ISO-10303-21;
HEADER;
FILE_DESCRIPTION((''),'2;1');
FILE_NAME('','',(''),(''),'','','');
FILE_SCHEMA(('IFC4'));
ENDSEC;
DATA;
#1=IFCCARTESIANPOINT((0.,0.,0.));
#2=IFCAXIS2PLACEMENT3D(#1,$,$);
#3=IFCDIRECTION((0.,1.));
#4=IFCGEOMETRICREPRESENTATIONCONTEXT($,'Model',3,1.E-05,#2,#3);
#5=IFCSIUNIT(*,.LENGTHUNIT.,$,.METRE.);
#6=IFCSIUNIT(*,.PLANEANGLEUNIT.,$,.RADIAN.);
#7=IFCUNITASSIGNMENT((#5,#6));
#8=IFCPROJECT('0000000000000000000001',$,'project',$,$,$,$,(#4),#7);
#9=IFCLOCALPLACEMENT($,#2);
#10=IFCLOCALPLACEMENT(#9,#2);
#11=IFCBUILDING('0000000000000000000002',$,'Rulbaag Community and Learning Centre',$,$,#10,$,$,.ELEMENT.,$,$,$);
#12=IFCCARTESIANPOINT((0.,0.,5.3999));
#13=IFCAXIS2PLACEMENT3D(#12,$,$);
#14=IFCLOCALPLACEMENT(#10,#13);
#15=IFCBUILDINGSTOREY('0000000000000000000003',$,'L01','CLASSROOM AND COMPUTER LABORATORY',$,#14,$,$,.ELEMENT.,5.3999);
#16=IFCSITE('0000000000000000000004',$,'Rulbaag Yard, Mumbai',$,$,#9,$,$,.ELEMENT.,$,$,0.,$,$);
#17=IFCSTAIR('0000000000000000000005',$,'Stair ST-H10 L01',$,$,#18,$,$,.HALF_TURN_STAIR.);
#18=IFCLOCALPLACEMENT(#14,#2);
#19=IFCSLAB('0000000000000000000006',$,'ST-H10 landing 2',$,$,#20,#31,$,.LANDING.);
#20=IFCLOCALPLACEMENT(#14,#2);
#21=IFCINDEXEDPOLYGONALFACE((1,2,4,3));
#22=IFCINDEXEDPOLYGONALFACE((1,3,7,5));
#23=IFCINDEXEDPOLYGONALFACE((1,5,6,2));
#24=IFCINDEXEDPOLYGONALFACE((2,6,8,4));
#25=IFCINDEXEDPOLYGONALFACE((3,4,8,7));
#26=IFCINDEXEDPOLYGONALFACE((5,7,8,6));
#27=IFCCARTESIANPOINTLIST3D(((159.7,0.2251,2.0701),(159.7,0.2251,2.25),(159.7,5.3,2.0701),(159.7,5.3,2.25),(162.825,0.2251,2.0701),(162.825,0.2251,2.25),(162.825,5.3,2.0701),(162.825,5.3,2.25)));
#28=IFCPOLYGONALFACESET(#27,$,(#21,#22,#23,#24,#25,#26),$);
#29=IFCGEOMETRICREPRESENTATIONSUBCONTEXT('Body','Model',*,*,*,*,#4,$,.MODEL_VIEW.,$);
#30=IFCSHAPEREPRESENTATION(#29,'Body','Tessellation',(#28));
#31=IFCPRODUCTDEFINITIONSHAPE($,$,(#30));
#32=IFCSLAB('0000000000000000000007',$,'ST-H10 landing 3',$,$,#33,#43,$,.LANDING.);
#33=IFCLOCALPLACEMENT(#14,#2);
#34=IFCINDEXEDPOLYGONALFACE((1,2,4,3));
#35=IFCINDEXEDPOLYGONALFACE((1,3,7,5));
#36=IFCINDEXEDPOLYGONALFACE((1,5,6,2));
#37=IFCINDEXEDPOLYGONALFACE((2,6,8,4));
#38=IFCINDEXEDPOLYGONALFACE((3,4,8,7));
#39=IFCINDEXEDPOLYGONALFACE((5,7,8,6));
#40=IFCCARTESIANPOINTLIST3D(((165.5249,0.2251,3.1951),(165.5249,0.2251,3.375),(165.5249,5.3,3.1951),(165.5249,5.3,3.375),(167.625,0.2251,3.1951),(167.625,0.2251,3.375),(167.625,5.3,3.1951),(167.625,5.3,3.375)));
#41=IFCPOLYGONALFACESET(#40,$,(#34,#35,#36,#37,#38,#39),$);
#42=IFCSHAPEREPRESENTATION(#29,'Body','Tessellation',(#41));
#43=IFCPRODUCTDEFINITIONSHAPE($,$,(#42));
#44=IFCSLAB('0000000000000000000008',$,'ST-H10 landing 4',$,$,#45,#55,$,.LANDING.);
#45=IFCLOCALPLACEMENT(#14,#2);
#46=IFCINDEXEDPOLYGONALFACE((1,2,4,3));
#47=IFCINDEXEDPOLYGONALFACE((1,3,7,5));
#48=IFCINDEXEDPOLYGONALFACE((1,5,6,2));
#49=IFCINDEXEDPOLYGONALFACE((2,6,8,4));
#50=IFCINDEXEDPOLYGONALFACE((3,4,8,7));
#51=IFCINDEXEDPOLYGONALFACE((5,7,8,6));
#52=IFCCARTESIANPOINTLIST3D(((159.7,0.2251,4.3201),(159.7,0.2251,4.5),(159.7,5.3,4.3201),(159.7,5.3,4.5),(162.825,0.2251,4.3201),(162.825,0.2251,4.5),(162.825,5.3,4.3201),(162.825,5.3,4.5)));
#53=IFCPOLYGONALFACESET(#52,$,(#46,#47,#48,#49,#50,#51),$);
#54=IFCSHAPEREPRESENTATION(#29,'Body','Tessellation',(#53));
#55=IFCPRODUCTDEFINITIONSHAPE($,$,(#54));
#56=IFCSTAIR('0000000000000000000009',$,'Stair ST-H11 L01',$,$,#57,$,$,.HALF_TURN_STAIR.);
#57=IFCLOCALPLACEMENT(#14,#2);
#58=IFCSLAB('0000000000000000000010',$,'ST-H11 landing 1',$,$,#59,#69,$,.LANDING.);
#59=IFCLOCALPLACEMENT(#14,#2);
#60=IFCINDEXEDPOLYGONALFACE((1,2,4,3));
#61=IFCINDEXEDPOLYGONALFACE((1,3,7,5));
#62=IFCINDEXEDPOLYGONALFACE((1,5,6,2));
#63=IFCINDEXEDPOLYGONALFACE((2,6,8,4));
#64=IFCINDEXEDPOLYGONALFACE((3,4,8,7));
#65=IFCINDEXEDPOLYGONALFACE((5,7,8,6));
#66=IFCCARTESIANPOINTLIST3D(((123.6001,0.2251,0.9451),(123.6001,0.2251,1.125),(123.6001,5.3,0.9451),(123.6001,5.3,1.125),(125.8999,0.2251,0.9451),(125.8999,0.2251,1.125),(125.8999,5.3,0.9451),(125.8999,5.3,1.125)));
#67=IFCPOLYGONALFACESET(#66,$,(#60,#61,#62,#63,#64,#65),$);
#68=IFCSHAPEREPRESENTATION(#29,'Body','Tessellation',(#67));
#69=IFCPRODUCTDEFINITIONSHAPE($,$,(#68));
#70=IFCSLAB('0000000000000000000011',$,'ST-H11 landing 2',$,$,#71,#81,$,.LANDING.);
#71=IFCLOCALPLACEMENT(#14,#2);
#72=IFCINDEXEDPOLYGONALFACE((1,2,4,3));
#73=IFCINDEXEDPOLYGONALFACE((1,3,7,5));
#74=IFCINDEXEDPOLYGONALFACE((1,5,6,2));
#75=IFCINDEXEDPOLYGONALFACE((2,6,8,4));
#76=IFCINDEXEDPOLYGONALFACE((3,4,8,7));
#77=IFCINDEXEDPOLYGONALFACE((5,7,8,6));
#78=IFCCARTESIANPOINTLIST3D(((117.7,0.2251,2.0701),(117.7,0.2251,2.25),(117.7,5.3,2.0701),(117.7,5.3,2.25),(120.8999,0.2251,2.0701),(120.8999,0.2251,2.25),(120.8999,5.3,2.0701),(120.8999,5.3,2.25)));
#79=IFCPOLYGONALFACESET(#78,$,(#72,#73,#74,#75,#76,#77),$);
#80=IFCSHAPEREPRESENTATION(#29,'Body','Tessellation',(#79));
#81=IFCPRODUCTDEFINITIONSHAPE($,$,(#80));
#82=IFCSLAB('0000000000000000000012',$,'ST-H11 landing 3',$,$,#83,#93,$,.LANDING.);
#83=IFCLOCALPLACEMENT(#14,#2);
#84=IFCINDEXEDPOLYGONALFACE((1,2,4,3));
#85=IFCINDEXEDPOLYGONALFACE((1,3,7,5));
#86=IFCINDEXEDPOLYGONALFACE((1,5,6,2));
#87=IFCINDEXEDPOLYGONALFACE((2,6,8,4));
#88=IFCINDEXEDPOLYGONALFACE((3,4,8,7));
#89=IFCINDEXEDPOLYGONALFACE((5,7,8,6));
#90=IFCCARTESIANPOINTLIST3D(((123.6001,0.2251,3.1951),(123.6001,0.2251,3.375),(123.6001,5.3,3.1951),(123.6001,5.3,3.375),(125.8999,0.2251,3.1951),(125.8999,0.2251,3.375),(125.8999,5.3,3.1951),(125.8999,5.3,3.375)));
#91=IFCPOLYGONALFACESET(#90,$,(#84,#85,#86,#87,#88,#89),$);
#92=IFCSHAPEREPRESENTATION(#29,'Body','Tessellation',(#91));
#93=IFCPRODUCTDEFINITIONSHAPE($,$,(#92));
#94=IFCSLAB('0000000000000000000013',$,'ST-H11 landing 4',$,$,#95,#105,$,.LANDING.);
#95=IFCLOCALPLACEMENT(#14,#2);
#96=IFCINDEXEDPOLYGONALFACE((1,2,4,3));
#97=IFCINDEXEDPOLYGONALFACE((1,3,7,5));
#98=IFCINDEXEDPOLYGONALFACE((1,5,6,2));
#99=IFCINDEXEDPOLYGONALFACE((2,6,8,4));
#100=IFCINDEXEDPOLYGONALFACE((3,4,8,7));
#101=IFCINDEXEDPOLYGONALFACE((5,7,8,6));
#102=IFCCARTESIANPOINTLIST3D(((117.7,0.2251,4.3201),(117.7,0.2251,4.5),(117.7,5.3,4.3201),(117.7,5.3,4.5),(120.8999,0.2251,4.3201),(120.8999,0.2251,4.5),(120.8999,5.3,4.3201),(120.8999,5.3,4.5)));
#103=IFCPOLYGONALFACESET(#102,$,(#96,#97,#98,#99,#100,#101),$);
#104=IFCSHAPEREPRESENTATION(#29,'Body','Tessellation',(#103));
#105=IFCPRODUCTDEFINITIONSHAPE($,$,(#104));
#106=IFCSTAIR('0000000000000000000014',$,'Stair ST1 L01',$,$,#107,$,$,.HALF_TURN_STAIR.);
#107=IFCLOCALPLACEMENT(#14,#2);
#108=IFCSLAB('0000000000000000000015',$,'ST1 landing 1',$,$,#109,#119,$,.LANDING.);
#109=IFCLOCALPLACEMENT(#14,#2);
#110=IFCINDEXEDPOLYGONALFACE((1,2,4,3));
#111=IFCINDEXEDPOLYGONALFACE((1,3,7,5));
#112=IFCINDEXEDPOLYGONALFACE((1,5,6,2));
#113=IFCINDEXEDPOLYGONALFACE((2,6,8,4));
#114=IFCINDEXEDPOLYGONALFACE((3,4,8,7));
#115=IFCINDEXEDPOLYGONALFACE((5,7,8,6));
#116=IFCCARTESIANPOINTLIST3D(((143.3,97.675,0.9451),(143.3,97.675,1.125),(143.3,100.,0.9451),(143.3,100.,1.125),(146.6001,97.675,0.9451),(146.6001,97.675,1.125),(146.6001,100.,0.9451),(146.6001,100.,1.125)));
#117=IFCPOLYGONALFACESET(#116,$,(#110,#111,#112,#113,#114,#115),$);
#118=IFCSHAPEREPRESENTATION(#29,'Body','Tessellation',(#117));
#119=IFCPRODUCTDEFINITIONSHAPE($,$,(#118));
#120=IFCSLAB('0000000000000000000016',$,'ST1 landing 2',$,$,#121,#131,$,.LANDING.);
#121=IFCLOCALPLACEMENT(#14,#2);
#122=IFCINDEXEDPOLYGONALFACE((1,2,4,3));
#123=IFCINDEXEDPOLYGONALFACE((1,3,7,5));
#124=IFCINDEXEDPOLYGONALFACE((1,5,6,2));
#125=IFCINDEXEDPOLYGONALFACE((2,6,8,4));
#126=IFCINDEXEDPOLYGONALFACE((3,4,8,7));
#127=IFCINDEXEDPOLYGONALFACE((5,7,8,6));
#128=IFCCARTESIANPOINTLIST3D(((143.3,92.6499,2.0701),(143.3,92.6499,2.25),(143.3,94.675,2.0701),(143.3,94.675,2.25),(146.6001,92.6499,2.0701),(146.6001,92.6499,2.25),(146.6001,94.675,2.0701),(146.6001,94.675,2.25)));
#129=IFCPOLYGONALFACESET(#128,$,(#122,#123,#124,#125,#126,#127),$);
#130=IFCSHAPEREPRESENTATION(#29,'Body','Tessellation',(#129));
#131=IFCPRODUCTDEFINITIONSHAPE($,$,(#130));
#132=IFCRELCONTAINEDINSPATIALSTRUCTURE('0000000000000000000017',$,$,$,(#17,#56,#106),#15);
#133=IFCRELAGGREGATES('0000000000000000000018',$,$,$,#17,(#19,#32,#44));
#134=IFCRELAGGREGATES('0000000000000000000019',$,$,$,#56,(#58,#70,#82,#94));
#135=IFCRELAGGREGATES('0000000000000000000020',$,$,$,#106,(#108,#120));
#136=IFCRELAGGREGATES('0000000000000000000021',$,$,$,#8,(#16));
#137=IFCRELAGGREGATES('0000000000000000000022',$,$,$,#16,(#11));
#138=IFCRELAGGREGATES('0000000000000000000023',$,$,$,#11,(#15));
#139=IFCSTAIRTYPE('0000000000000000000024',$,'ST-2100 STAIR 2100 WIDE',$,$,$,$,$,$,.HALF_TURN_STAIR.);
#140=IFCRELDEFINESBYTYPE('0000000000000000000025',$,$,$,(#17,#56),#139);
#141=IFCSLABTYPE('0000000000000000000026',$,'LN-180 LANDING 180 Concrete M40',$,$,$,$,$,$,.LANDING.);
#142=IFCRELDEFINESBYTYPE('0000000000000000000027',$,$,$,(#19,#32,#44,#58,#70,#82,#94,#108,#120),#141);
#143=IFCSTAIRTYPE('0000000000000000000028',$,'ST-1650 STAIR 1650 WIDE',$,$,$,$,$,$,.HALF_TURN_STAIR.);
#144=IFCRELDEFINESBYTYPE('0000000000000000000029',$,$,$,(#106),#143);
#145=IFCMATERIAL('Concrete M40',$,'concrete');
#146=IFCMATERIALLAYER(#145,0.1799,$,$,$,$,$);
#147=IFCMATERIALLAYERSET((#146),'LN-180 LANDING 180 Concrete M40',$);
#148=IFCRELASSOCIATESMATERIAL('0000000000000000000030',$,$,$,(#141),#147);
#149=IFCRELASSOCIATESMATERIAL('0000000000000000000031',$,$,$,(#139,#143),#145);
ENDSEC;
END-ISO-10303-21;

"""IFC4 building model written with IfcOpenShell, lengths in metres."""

from ifc_helpers import new_model, si_unit, direction, frame, origin, place, context, subcontext, project, spatial, polyline, outline, extrude, material, layer, layer_set, type_object, element, aggregate, save


model = new_model("IFC4")

# Units and contexts
model_context = context("Model", 3, precision=1e-05, world=origin(), true_north=direction((0.0, 1.0)))
body_context = subcontext(model_context, "Body", "Model", "MODEL_VIEW")
ifc_project = project(units=[si_unit("LENGTHUNIT", "METRE"), si_unit("PLANEANGLEUNIT", "RADIAN")], contexts=[model_context])

# Site, building, storey
site_placement = place(None, origin())
site = spatial("IfcSite", under=ifc_project, at=site_placement, Name="Rulbaag Yard, Mumbai", CompositionType="ELEMENT", RefElevation=0.0)
building_placement = place(site_placement, origin())
building = spatial("IfcBuilding", under=site, at=building_placement, Name="Rulbaag Community and Learning Centre", CompositionType="ELEMENT")
storey_placement = place(building_placement, frame((0.0, 0.0, 5.3999)))
storey = spatial("IfcBuildingStorey", under=building, at=storey_placement, Name="L01", Description="CLASSROOM AND COMPUTER LABORATORY", CompositionType="ELEMENT", Elevation=5.3999)

# Stairs, slabs
ifc_material = material(Name="Concrete M40", Category="concrete")
ifc_layer = layer(ifc_material, 0.1799)
ifc_layer_set = layer_set([ifc_layer], Name="LN-180 LANDING 180 Concrete M40")
slab_type = type_object("IfcSlabType", Name="LN-180 LANDING 180 Concrete M40", PredefinedType="LANDING", material=ifc_layer_set)
stair_type_1 = type_object("IfcStairType", Name="ST-2100 STAIR 2100 WIDE", PredefinedType="HALF_TURN_STAIR", material=ifc_material)
stair_1_placement = place(storey_placement, origin())
stair_1 = element("IfcStair", 1, at=stair_1_placement, inside=storey, type_object=stair_type_1, Name="Stair ST-H10 L01", PredefinedType="HALF_TURN_STAIR")
slab_1_placement = place(storey_placement, frame((0.0, 0.0, 2.0701)))
slab_1 = element("IfcSlab", 2, at=slab_1_placement, type_object=slab_type, Name="ST-H10 landing 2", PredefinedType="LANDING", context=body_context, shape_type="SweptSolid", body=[
    extrude(outline(polyline([(159.7, 0.2251), (162.825, 0.2251), (162.825, 5.3), (159.7, 5.3), (159.7, 0.2251)])), origin(), (0.0, 0.0, 1.0), 0.1799),
])
slab_2_placement = place(storey_placement, frame((0.0, 0.0, 3.1951)))
slab_2 = element("IfcSlab", 3, at=slab_2_placement, type_object=slab_type, Name="ST-H10 landing 3", PredefinedType="LANDING", context=body_context, shape_type="SweptSolid", body=[
    extrude(outline(polyline([(165.5249, 0.2251), (167.625, 0.2251), (167.625, 5.3), (165.5249, 5.3), (165.5249, 0.2251)])), origin(), (0.0, 0.0, 1.0), 0.1799),
])
slab_3_placement = place(storey_placement, frame((0.0, 0.0, 4.3201)))
slab_3 = element("IfcSlab", 4, at=slab_3_placement, type_object=slab_type, Name="ST-H10 landing 4", PredefinedType="LANDING", context=body_context, shape_type="SweptSolid", body=[
    extrude(outline(polyline([(159.7, 0.2251), (162.825, 0.2251), (162.825, 5.3), (159.7, 5.3), (159.7, 0.2251)])), origin(), (0.0, 0.0, 1.0), 0.1799),
])
aggregate(stair_1, [slab_1, slab_2, slab_3])
stair_2_placement = place(storey_placement, origin())
stair_2 = element("IfcStair", 5, at=stair_2_placement, inside=storey, type_object=stair_type_1, Name="Stair ST-H11 L01", PredefinedType="HALF_TURN_STAIR")
slab_4_placement = place(storey_placement, frame((0.0, 0.0, 0.9451)))
slab_4 = element("IfcSlab", 6, at=slab_4_placement, type_object=slab_type, Name="ST-H11 landing 1", PredefinedType="LANDING", context=body_context, shape_type="SweptSolid", body=[
    extrude(outline(polyline([(123.6001, 0.2251), (125.8999, 0.2251), (125.8999, 5.3), (123.6001, 5.3), (123.6001, 0.2251)])), origin(), (0.0, 0.0, 1.0), 0.1799),
])
slab_5_placement = place(storey_placement, frame((0.0, 0.0, 2.0701)))
slab_5 = element("IfcSlab", 7, at=slab_5_placement, type_object=slab_type, Name="ST-H11 landing 2", PredefinedType="LANDING", context=body_context, shape_type="SweptSolid", body=[
    extrude(outline(polyline([(117.7, 0.2251), (120.8999, 0.2251), (120.8999, 5.3), (117.7, 5.3), (117.7, 0.2251)])), origin(), (0.0, 0.0, 1.0), 0.1799),
])
slab_6_placement = place(storey_placement, frame((0.0, 0.0, 3.1951)))
slab_6 = element("IfcSlab", 8, at=slab_6_placement, type_object=slab_type, Name="ST-H11 landing 3", PredefinedType="LANDING", context=body_context, shape_type="SweptSolid", body=[
    extrude(outline(polyline([(123.6001, 0.2251), (125.8999, 0.2251), (125.8999, 5.3), (123.6001, 5.3), (123.6001, 0.2251)])), origin(), (0.0, 0.0, 1.0), 0.1799),
])
slab_7_placement = place(storey_placement, frame((0.0, 0.0, 4.3201)))
slab_7 = element("IfcSlab", 9, at=slab_7_placement, type_object=slab_type, Name="ST-H11 landing 4", PredefinedType="LANDING", context=body_context, shape_type="SweptSolid", body=[
    extrude(outline(polyline([(117.7, 0.2251), (120.8999, 0.2251), (120.8999, 5.3), (117.7, 5.3), (117.7, 0.2251)])), origin(), (0.0, 0.0, 1.0), 0.1799),
])
aggregate(stair_2, [slab_4, slab_5, slab_6, slab_7])
stair_type_2 = type_object("IfcStairType", Name="ST-1650 STAIR 1650 WIDE", PredefinedType="HALF_TURN_STAIR", material=ifc_material)
stair_3_placement = place(storey_placement, origin())
stair_3 = element("IfcStair", 10, at=stair_3_placement, inside=storey, type_object=stair_type_2, Name="Stair ST1 L01", PredefinedType="HALF_TURN_STAIR")
slab_8_placement = place(storey_placement, frame((0.0, 0.0, 0.9451)))
slab_8 = element("IfcSlab", 11, at=slab_8_placement, type_object=slab_type, Name="ST1 landing 1", PredefinedType="LANDING", context=body_context, shape_type="SweptSolid", body=[
    extrude(outline(polyline([(143.3, 97.675), (143.3, 100.0), (146.6001, 100.0), (146.6001, 97.675), (143.3, 97.675)])), origin(), (0.0, 0.0, 1.0), 0.1799),
])
slab_9_placement = place(storey_placement, frame((0.0, 0.0, 2.0701)))
slab_9 = element("IfcSlab", 12, at=slab_9_placement, type_object=slab_type, Name="ST1 landing 2", PredefinedType="LANDING", context=body_context, shape_type="SweptSolid", body=[
    extrude(outline(polyline([(143.3, 92.6499), (143.3, 94.675), (146.6001, 94.675), (146.6001, 92.6499), (143.3, 92.6499)])), origin(), (0.0, 0.0, 1.0), 0.1799),
])
aggregate(stair_3, [slab_8, slab_9])

save(model, "model.ifc")
